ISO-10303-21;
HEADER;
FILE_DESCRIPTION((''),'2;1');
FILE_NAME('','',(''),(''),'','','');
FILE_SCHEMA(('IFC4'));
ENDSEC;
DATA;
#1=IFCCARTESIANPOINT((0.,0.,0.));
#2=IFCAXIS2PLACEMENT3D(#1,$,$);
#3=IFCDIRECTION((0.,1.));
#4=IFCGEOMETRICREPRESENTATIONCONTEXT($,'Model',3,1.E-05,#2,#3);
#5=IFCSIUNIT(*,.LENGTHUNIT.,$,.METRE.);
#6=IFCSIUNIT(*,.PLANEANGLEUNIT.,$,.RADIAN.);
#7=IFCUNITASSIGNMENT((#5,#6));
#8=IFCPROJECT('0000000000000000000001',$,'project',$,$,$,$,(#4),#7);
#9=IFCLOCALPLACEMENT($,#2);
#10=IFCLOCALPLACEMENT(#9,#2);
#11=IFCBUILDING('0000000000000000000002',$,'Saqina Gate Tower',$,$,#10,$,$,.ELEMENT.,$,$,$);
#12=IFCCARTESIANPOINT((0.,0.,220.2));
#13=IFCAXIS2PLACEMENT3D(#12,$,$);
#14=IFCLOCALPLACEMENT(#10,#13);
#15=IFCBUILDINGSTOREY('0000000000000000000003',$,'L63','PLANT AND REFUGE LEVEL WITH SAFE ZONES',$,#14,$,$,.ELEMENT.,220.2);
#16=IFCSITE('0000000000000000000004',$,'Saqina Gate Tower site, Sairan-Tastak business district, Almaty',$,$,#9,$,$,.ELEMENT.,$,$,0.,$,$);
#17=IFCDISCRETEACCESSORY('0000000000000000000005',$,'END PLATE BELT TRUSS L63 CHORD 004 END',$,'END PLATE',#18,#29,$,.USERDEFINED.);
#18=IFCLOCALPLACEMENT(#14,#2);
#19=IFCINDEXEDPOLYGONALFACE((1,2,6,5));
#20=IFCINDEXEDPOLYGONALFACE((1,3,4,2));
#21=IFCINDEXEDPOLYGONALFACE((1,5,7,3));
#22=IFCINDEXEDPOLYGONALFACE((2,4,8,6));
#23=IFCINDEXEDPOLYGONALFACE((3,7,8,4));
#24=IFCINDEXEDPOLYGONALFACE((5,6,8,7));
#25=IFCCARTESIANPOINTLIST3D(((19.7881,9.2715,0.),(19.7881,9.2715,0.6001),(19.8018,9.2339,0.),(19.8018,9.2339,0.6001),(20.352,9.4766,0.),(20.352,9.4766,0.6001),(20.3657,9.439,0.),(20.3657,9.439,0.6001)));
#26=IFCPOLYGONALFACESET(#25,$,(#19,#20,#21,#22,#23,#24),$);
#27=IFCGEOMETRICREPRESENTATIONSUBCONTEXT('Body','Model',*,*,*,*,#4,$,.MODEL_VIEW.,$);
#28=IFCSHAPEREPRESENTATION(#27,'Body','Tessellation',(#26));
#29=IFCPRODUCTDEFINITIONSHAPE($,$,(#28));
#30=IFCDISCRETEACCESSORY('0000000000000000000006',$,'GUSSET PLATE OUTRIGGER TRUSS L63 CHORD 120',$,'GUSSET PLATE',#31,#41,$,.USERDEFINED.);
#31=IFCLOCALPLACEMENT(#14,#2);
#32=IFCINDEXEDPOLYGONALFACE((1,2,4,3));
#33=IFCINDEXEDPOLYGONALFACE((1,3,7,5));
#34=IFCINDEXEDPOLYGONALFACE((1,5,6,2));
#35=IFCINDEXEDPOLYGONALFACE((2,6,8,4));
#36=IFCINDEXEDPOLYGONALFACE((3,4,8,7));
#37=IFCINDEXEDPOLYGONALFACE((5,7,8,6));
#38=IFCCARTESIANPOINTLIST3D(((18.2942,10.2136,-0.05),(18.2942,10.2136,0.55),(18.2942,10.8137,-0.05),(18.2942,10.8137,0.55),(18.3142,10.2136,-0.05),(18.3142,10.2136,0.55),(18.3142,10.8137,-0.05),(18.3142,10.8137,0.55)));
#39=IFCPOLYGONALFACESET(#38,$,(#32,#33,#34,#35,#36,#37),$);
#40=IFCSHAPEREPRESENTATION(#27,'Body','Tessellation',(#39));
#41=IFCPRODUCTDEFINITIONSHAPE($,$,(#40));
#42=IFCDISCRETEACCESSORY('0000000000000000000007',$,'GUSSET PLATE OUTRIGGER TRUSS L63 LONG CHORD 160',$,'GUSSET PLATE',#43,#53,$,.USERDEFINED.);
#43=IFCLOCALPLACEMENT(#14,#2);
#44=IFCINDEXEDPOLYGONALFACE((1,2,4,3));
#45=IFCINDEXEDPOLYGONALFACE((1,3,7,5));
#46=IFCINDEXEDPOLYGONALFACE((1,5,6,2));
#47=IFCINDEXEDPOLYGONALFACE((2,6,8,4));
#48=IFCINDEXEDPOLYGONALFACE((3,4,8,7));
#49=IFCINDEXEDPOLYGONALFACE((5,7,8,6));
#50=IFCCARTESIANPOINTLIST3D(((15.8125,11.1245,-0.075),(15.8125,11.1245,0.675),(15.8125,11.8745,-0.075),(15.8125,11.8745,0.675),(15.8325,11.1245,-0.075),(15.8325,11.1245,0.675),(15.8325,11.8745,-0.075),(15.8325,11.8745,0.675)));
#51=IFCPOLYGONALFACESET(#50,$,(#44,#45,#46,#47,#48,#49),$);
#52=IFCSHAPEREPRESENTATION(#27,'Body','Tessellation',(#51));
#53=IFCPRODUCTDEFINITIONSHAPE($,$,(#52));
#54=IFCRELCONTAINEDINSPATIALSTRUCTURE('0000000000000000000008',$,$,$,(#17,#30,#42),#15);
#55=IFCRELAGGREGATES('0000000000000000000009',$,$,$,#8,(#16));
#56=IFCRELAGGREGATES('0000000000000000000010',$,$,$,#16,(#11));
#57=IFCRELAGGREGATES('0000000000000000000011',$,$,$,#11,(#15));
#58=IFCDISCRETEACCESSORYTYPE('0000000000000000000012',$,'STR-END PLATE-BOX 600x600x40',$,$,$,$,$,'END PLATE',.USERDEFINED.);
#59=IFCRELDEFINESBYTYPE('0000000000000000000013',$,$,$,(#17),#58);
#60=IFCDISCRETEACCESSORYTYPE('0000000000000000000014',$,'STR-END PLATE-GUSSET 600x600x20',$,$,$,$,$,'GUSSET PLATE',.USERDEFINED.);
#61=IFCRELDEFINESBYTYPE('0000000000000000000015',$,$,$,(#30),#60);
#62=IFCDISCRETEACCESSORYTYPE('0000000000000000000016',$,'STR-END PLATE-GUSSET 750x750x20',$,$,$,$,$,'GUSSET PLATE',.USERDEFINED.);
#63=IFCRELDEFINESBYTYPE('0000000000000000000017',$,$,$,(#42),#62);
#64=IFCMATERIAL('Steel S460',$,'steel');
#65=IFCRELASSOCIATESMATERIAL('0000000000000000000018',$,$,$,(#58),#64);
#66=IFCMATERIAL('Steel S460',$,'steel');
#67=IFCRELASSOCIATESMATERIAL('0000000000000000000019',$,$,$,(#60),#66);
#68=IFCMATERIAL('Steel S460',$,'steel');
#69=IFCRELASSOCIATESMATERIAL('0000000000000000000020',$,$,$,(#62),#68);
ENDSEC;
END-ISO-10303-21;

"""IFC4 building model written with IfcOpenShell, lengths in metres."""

from ifc_helpers import new_model, si_unit, direction, frame, origin, origin_2d, place, context, subcontext, project, spatial, rectangle, extrude, material, material_profile, profile_set, type_object, element, save


model = new_model("IFC4")

# Units and contexts
model_context = context("Model", 3, precision=1e-05, world=origin(), true_north=direction((0.0, 1.0)))
body_context = subcontext(model_context, "Body", "Model", "MODEL_VIEW")
ifc_project = project(units=[si_unit("LENGTHUNIT", "METRE"), si_unit("PLANEANGLEUNIT", "RADIAN")], contexts=[model_context])

# Site, building, storey
site_placement = place(None, origin())
site = spatial("IfcSite", under=ifc_project, at=site_placement, Name="Saqina Gate Tower site, Sairan-Tastak business district, Almaty", CompositionType="ELEMENT", RefElevation=0.0)
building_placement = place(site_placement, origin())
building = spatial("IfcBuilding", under=site, at=building_placement, Name="Saqina Gate Tower", CompositionType="ELEMENT")
storey_placement = place(building_placement, frame((0.0, 0.0, 220.2)))
storey = spatial("IfcBuildingStorey", under=building, at=storey_placement, Name="L63", Description="PLANT AND REFUGE LEVEL WITH SAFE ZONES", CompositionType="ELEMENT", Elevation=220.2)

# Discrete accessories
ifc_material_1 = material(Name="Steel S460", Category="steel")
ifc_material_profile_1 = material_profile(ifc_material_1, rectangle(XDim=0.6001, YDim=0.6001, at=origin_2d()), Name="STR-END PLATE-BOX 600x600x40")
ifc_profile_set_1 = profile_set([ifc_material_profile_1], Name="Steel S460")
discrete_accessory_type_1 = type_object("IfcDiscreteAccessoryType", Name="STR-END PLATE-BOX 600x600x40", ElementType="END PLATE", PredefinedType="USERDEFINED", material=ifc_profile_set_1)
discrete_accessory_1_placement = place(storey_placement, frame((20.0837, 9.3364, 0.3), z_axis=(-0.341743, 0.939793, 0.0), x_axis=(-0.939793, -0.341743, 0.0)))
element("IfcDiscreteAccessory", 1, at=discrete_accessory_1_placement, inside=storey, type_object=discrete_accessory_type_1, Name="END PLATE BELT TRUSS L63 CHORD 004 END", ObjectType="END PLATE", PredefinedType="USERDEFINED", context=body_context, shape_type="SweptSolid", body=[
    extrude(rectangle(XDim=0.6001, YDim=0.6001, at=origin_2d()), origin(), (0.0, 0.0, 1.0), 0.04),
])
ifc_material_2 = material(Name="Steel S460", Category="steel")
ifc_material_profile_2 = material_profile(ifc_material_2, rectangle(XDim=0.6001, YDim=0.6001, at=origin_2d()), Name="STR-END PLATE-GUSSET 600x600x20")
ifc_profile_set_2 = profile_set([ifc_material_profile_2], Name="Steel S460")
discrete_accessory_type_2 = type_object("IfcDiscreteAccessoryType", Name="STR-END PLATE-GUSSET 600x600x20", ElementType="GUSSET PLATE", PredefinedType="USERDEFINED", material=ifc_profile_set_2)
discrete_accessory_2_placement = place(storey_placement, frame((18.2942, 10.5137, 0.25), z_axis=(1.0, 0.0, 0.0), x_axis=(0.0, 1.0, 0.0)))
element("IfcDiscreteAccessory", 2, at=discrete_accessory_2_placement, inside=storey, type_object=discrete_accessory_type_2, Name="GUSSET PLATE OUTRIGGER TRUSS L63 CHORD 120", ObjectType="GUSSET PLATE", PredefinedType="USERDEFINED", context=body_context, shape_type="SweptSolid", body=[
    extrude(rectangle(XDim=0.6001, YDim=0.6001, at=origin_2d()), origin(), (0.0, 0.0, 1.0), 0.02),
])
ifc_material_3 = material(Name="Steel S460", Category="steel")
ifc_material_profile_3 = material_profile(ifc_material_3, rectangle(XDim=0.75, YDim=0.75, at=origin_2d()), Name="STR-END PLATE-GUSSET 750x750x20")
ifc_profile_set_3 = profile_set([ifc_material_profile_3], Name="Steel S460")
discrete_accessory_type_3 = type_object("IfcDiscreteAccessoryType", Name="STR-END PLATE-GUSSET 750x750x20", ElementType="GUSSET PLATE", PredefinedType="USERDEFINED", material=ifc_profile_set_3)
discrete_accessory_3_placement = place(storey_placement, frame((15.8125, 11.4995, 0.3), z_axis=(1.0, 0.0, 0.0), x_axis=(0.0, 1.0, 0.0)))
element("IfcDiscreteAccessory", 3, at=discrete_accessory_3_placement, inside=storey, type_object=discrete_accessory_type_3, Name="GUSSET PLATE OUTRIGGER TRUSS L63 LONG CHORD 160", ObjectType="GUSSET PLATE", PredefinedType="USERDEFINED", context=body_context, shape_type="SweptSolid", body=[
    extrude(rectangle(XDim=0.75, YDim=0.75, at=origin_2d()), origin(), (0.0, 0.0, 1.0), 0.02),
])

save(model, "model.ifc")
